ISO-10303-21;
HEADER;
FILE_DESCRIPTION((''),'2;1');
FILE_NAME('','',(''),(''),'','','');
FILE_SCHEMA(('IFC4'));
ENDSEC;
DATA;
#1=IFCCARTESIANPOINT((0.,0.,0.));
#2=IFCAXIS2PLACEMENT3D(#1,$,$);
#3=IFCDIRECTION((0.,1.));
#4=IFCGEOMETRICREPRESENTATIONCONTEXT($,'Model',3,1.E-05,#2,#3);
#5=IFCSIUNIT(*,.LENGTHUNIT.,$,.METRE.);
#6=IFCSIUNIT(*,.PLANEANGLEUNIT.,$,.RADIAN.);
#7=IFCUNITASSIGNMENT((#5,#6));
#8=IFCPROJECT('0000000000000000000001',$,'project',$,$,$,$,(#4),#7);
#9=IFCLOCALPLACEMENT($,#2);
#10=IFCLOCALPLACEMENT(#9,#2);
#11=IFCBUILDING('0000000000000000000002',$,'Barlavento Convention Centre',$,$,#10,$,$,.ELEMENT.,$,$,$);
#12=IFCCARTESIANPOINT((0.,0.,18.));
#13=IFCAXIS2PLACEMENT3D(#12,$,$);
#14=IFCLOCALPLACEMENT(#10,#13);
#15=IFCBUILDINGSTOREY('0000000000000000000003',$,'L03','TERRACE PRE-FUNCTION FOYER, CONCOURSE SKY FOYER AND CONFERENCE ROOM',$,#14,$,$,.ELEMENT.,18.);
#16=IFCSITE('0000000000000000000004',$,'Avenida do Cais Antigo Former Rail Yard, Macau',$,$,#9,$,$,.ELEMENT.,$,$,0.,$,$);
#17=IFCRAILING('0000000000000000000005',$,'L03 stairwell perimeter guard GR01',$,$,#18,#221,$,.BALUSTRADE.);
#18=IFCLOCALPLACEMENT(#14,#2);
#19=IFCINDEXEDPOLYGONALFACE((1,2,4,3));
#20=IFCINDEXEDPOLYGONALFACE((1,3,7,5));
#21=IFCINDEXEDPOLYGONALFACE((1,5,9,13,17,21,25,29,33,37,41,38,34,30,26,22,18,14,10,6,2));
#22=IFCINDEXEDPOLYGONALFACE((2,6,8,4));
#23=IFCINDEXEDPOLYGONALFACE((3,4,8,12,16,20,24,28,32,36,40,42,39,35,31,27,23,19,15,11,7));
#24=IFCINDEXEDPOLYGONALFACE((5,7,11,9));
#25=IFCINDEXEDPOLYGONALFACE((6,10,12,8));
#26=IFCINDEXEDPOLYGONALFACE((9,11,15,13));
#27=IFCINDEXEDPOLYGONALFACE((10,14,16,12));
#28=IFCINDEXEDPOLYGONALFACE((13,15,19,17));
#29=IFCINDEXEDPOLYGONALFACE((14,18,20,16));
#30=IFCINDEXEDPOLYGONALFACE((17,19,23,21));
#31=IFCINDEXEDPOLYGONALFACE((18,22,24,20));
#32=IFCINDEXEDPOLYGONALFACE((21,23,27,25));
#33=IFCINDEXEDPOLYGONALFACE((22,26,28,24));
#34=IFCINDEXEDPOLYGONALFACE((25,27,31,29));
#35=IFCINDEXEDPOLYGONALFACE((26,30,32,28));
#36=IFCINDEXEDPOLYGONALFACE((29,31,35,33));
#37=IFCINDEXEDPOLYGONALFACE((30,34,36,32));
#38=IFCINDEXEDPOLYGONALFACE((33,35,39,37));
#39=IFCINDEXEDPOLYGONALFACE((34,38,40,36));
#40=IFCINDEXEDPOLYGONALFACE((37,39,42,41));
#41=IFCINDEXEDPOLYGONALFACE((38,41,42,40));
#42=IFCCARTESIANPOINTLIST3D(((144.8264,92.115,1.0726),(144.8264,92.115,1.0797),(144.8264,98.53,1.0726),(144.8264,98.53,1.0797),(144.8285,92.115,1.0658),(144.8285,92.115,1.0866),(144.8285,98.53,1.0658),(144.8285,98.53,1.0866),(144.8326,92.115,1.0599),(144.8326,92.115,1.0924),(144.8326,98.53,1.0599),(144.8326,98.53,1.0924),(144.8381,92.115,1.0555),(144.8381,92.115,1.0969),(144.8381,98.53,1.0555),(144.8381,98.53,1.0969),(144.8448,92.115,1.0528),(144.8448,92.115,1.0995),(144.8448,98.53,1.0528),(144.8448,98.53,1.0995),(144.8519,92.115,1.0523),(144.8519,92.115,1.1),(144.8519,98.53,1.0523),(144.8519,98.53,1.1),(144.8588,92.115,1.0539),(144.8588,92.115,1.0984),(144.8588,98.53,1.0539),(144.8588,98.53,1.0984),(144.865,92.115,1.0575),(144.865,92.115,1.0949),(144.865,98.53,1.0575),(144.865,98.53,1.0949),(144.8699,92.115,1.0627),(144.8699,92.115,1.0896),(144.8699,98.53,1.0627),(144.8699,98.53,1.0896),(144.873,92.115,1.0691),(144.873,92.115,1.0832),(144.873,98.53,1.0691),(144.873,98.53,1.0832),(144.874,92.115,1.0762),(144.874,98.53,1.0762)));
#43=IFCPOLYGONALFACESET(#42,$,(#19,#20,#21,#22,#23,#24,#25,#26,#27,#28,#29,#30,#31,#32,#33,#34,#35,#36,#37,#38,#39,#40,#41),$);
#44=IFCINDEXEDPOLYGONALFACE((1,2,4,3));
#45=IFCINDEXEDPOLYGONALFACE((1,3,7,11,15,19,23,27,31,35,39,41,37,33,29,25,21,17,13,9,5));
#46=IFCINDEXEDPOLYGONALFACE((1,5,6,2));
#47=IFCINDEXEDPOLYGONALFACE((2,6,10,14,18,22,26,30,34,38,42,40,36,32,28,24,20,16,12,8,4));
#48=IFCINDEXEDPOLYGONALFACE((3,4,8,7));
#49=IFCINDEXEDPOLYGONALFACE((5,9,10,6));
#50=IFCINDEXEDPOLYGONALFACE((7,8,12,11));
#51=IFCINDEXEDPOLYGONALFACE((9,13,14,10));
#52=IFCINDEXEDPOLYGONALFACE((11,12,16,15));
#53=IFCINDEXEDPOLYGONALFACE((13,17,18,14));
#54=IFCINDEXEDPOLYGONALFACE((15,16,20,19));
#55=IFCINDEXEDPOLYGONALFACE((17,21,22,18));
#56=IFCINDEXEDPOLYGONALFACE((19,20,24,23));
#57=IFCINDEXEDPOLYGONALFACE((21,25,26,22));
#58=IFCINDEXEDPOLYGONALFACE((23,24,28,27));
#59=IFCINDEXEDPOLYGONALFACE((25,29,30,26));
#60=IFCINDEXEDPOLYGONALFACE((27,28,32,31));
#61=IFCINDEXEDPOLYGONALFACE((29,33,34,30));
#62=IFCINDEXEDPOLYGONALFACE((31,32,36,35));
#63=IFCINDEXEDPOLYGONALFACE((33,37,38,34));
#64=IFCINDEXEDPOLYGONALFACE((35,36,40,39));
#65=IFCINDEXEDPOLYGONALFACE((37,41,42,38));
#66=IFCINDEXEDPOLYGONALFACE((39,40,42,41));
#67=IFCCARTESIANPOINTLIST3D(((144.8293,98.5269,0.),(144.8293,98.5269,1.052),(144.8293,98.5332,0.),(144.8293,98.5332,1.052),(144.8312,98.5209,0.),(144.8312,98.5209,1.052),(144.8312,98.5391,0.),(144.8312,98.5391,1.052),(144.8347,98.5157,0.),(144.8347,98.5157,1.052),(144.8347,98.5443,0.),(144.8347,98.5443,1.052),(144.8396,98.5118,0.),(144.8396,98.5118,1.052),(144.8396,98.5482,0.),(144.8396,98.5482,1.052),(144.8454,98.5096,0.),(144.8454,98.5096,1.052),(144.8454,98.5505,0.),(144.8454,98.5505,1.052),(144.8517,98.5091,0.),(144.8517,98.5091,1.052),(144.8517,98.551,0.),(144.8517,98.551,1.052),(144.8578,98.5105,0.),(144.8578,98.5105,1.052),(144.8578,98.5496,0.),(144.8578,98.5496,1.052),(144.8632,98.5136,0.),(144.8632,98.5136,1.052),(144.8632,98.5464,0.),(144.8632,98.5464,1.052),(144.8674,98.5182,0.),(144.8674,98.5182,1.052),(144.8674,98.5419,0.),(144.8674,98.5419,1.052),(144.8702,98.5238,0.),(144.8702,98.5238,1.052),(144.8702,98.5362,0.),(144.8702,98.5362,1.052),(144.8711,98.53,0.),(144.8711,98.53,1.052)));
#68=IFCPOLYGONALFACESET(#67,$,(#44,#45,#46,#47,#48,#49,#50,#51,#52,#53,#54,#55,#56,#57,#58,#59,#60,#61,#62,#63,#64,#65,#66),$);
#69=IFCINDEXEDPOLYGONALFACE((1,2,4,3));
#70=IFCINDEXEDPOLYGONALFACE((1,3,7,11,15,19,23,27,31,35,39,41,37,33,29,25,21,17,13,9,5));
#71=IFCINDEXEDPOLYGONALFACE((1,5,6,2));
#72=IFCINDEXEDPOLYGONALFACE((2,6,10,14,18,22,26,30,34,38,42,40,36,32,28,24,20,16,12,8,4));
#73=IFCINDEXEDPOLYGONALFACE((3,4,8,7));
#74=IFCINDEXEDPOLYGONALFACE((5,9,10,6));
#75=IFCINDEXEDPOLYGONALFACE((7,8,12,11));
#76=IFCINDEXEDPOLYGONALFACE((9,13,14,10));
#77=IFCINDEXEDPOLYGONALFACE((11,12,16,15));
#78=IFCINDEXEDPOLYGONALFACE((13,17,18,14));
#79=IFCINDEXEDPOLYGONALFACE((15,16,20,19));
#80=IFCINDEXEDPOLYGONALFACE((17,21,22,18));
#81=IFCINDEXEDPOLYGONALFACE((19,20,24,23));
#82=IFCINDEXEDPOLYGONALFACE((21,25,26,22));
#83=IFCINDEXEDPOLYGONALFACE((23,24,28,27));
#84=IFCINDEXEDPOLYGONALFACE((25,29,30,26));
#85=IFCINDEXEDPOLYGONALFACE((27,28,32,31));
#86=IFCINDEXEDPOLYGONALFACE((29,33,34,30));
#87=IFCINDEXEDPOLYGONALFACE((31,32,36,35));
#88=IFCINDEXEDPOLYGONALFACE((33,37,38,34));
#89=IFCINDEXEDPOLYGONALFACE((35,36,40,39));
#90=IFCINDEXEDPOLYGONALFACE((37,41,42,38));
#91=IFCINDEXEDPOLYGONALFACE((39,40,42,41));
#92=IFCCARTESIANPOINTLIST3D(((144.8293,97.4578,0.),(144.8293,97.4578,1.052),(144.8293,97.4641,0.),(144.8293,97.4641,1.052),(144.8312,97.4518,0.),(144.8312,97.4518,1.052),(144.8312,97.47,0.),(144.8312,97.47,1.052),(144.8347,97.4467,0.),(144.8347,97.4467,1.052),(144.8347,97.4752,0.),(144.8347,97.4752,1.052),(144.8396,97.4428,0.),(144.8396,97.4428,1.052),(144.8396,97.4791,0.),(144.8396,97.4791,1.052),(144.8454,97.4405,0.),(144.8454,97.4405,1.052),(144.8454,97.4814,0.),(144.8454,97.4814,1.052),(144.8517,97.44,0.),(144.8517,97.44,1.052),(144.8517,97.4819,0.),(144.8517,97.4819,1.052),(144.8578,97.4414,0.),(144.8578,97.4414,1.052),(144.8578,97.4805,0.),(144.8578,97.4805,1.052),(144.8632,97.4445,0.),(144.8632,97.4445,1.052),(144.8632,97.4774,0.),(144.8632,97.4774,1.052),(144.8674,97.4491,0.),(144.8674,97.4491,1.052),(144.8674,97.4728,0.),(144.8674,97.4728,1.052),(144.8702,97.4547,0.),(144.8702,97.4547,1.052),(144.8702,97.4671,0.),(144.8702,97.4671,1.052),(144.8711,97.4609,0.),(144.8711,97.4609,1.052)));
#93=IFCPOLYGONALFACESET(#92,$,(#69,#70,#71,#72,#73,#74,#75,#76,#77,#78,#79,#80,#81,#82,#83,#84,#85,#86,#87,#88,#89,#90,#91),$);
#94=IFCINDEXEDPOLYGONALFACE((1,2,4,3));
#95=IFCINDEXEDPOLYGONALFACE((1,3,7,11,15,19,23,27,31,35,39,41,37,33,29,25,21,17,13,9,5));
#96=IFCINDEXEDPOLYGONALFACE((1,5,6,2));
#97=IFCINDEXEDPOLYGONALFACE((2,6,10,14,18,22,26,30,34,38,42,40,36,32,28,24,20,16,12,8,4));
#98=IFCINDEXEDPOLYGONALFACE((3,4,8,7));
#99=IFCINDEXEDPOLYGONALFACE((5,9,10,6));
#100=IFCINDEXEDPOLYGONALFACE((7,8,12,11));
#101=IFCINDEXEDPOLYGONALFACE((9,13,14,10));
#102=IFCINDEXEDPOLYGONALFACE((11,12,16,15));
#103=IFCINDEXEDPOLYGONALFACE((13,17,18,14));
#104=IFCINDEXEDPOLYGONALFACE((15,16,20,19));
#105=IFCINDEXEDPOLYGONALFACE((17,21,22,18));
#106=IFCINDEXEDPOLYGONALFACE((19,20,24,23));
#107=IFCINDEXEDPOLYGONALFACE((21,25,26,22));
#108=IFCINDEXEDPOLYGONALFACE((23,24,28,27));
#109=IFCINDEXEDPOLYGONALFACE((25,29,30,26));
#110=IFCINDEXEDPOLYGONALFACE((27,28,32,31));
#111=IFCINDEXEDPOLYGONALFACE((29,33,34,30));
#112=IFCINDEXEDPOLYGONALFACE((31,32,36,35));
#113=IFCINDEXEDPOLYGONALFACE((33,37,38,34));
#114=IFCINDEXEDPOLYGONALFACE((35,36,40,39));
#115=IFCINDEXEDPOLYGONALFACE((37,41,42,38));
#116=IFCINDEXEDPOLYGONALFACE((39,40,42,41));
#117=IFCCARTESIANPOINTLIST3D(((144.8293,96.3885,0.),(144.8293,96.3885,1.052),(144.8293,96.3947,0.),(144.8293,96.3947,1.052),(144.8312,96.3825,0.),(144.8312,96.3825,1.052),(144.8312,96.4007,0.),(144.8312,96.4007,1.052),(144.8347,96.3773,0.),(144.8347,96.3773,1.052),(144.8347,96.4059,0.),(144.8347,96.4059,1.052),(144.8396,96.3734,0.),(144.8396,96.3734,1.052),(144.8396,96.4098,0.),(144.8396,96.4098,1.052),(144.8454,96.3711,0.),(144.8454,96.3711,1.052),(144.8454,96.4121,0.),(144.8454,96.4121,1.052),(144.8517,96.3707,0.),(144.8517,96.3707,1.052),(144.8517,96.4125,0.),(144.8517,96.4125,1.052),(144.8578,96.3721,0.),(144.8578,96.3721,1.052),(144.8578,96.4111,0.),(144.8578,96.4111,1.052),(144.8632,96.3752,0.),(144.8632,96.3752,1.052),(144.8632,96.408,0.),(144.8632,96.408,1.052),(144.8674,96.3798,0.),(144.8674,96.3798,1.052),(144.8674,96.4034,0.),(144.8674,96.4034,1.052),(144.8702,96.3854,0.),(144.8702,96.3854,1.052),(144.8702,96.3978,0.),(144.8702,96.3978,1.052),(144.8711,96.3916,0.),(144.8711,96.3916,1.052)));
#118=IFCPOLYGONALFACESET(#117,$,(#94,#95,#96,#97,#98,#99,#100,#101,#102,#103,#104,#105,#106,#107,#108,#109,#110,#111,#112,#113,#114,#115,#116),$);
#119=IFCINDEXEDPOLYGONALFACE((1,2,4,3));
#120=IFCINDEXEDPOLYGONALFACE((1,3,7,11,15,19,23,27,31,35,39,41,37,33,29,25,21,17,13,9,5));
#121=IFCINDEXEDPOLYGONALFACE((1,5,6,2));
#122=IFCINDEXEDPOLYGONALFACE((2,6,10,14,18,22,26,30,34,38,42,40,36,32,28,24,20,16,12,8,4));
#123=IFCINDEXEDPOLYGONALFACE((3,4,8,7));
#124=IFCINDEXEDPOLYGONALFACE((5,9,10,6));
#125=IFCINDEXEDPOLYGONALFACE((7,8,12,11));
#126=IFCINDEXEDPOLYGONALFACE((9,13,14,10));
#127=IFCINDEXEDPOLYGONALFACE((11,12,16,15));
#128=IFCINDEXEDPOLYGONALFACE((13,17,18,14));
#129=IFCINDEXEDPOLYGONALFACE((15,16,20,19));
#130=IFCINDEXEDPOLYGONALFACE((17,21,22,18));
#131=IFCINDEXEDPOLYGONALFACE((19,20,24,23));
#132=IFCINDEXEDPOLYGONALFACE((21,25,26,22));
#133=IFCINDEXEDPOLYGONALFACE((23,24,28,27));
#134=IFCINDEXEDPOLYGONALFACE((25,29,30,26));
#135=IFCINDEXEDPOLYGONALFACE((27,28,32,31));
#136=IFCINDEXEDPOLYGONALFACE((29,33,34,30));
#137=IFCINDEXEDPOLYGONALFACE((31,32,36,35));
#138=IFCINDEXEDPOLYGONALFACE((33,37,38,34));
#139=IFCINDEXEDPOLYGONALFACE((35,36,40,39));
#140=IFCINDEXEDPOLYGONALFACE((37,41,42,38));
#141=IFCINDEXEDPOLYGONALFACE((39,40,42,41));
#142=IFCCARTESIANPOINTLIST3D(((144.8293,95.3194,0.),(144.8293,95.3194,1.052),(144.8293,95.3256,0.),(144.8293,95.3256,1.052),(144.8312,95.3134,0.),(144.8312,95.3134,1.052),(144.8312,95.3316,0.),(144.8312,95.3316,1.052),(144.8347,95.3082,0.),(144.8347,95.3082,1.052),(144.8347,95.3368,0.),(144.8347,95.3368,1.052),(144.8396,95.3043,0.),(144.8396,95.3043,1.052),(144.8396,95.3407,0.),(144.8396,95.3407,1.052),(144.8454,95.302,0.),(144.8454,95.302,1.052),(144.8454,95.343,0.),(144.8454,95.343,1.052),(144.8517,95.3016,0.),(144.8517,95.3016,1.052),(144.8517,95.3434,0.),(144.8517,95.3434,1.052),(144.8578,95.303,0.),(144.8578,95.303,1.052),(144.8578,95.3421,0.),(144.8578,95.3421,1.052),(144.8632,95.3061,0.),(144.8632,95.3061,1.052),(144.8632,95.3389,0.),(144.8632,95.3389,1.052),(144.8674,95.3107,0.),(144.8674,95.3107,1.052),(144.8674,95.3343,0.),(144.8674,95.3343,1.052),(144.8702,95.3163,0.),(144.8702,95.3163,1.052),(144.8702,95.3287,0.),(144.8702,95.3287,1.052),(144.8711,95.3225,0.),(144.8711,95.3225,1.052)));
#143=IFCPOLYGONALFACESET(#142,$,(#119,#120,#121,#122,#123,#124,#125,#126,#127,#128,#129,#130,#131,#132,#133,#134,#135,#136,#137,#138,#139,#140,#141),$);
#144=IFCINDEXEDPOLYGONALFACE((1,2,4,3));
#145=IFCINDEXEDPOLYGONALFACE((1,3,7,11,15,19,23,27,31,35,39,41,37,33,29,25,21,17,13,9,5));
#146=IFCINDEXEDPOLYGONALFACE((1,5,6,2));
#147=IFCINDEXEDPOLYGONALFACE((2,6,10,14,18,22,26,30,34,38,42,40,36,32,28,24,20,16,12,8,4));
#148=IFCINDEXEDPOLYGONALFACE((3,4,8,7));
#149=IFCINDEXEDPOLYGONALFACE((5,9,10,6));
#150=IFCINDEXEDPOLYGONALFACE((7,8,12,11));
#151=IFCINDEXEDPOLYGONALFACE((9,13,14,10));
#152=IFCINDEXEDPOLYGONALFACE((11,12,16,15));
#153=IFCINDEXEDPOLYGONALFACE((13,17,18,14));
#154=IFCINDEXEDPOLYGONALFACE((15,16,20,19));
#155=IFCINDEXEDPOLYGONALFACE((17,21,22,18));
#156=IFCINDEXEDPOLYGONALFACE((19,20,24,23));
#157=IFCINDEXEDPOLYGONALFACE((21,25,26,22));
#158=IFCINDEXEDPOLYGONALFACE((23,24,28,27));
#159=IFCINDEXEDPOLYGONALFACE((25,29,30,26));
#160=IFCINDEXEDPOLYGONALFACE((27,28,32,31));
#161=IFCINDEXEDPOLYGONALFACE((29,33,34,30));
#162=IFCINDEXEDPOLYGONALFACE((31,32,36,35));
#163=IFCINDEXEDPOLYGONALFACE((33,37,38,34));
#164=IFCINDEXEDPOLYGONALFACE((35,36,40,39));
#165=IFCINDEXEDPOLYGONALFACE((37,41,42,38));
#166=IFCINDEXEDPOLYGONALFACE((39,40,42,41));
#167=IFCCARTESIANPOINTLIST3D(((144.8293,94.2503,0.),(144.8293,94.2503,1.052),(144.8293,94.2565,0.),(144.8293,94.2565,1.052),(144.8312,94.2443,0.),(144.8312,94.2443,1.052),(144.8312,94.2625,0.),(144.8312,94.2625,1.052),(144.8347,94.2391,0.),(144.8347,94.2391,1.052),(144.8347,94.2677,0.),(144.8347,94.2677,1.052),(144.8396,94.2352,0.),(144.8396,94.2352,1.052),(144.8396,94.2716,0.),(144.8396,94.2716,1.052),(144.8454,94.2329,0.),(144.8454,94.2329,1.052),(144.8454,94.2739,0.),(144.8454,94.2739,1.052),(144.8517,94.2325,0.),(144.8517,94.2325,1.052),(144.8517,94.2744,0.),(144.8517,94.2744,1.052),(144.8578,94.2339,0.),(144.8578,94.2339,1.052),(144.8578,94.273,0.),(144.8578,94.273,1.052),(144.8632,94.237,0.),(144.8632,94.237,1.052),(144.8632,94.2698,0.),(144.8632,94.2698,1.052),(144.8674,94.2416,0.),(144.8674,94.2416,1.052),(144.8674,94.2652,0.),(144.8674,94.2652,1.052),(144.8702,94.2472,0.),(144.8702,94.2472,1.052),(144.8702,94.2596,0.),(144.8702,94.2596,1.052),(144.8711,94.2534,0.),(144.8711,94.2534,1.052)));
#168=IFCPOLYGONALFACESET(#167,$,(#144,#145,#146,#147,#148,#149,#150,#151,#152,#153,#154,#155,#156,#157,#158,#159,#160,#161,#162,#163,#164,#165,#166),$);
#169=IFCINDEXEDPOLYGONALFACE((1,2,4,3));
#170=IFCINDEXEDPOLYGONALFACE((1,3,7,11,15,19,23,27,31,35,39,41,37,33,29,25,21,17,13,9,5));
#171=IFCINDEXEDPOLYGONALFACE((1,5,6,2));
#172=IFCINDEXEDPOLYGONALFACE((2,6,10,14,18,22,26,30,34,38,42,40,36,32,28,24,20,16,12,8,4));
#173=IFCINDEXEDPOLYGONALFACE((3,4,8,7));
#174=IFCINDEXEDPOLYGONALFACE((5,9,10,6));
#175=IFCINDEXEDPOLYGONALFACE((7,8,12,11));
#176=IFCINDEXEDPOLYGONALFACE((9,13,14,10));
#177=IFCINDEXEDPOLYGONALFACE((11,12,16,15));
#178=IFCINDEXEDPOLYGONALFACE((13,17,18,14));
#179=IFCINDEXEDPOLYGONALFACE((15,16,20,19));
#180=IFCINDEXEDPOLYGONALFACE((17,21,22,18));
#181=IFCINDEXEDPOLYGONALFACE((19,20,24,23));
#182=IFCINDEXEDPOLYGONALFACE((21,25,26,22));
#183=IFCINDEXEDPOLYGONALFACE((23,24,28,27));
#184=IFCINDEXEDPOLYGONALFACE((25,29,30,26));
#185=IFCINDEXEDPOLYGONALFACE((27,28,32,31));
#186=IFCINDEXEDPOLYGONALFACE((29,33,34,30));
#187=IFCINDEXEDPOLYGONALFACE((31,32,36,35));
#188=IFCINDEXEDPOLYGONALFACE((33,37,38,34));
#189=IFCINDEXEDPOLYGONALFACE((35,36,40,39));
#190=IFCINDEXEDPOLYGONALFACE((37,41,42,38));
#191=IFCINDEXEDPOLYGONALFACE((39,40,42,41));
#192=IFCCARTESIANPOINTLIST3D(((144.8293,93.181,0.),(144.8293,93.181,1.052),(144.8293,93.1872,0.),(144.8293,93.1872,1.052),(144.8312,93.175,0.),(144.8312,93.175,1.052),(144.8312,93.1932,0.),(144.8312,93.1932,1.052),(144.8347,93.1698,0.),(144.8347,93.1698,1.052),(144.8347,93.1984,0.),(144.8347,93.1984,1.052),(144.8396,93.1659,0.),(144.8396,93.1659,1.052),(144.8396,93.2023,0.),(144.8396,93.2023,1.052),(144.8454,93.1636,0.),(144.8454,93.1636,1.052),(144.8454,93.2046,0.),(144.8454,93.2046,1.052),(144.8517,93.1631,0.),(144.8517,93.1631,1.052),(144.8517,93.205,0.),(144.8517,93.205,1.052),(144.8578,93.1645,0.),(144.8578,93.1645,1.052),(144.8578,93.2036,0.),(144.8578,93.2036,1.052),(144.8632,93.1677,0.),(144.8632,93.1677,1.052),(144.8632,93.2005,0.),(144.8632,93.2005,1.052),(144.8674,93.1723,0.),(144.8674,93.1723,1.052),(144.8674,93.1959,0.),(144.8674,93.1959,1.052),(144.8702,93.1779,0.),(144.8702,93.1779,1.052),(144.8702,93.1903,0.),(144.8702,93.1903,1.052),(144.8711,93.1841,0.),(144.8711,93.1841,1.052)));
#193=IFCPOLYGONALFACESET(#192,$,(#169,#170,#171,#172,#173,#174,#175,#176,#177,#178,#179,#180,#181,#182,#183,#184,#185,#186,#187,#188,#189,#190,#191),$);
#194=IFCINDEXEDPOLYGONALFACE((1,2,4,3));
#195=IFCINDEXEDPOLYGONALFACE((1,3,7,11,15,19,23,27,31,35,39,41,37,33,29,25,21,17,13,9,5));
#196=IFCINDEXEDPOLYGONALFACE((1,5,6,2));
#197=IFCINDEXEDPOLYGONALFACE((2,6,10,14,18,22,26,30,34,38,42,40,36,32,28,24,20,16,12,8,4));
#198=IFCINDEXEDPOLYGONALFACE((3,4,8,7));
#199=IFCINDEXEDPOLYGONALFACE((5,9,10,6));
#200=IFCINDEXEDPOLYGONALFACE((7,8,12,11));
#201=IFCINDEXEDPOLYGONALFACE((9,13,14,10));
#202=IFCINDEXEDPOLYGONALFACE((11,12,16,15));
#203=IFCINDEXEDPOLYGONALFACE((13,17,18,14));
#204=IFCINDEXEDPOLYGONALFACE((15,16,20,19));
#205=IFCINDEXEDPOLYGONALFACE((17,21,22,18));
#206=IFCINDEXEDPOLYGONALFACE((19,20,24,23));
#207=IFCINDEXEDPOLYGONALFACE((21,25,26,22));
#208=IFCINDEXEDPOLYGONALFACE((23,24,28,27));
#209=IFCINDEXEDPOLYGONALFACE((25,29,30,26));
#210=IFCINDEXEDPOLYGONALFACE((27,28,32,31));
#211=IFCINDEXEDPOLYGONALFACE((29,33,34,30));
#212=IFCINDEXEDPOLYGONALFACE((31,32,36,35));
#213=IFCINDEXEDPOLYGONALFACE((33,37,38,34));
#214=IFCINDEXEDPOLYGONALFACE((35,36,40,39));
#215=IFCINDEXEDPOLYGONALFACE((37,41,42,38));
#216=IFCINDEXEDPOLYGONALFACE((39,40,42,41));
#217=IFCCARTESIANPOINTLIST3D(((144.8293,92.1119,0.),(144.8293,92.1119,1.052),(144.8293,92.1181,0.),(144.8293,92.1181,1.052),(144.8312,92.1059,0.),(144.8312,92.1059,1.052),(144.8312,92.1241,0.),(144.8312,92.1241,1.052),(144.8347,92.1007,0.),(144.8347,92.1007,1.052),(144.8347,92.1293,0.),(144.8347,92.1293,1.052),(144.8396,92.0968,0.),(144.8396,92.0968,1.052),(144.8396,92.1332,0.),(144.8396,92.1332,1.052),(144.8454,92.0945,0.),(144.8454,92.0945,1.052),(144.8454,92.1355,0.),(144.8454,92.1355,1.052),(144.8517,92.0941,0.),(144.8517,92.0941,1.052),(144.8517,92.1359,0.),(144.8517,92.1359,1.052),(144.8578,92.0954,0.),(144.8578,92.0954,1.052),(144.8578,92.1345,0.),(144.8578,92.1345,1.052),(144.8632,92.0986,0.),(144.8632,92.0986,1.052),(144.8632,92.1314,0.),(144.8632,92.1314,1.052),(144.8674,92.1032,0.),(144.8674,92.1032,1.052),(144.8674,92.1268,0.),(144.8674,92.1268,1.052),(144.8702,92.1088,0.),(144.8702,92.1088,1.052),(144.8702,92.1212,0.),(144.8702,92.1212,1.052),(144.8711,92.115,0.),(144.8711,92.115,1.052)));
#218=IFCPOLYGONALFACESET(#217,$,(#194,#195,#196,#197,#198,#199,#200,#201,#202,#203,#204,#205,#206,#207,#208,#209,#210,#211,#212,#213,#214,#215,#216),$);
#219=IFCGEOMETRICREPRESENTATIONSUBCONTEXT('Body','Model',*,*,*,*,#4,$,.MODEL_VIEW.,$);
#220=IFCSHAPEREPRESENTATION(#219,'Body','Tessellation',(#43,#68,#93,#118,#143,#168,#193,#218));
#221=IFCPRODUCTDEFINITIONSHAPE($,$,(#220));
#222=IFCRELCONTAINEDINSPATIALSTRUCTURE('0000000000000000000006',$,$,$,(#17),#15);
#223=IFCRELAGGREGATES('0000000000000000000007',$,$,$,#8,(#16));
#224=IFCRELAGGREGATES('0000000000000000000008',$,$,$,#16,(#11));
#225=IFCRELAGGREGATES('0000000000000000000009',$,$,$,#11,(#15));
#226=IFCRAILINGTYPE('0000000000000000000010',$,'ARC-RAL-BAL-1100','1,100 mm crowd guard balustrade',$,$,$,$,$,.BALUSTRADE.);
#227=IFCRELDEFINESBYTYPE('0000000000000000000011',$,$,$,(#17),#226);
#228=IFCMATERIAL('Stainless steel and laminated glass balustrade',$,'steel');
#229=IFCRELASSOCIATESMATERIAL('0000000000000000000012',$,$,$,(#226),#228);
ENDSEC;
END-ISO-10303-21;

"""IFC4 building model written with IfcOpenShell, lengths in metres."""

from ifc_helpers import new_model, si_unit, direction, frame, origin, origin_2d, place, context, subcontext, project, spatial, circle, extrude, material, type_object, element, save


model = new_model("IFC4")

# Units and contexts
model_context = context("Model", 3, precision=1e-05, world=origin(), true_north=direction((0.0, 1.0)))
body_context = subcontext(model_context, "Body", "Model", "MODEL_VIEW")
ifc_project = project(units=[si_unit("LENGTHUNIT", "METRE"), si_unit("PLANEANGLEUNIT", "RADIAN")], contexts=[model_context])

# Site, building, storey
site_placement = place(None, origin())
site = spatial("IfcSite", under=ifc_project, at=site_placement, Name="Avenida do Cais Antigo Former Rail Yard, Macau", CompositionType="ELEMENT", RefElevation=0.0)
building_placement = place(site_placement, origin())
building = spatial("IfcBuilding", under=site, at=building_placement, Name="Barlavento Convention Centre", CompositionType="ELEMENT")
storey_placement = place(building_placement, frame((0.0, 0.0, 18.0)))
storey = spatial("IfcBuildingStorey", under=building, at=storey_placement, Name="L03", Description="TERRACE PRE-FUNCTION FOYER, CONCOURSE SKY FOYER AND CONFERENCE ROOM", CompositionType="ELEMENT", Elevation=18.0)

# Railing
ifc_material_1 = material(Name="Stainless steel and laminated glass balustrade", Category="steel")
railing_type_1 = type_object("IfcRailingType", Name="ARC-RAL-BAL-1100", Description="1,100 mm crowd guard balustrade", PredefinedType="BALUSTRADE", material=ifc_material_1)
railing_1_placement = place(storey_placement, frame((144.8501, 98.53, 0.0)))
element("IfcRailing", 1, at=railing_1_placement, inside=storey, type_object=railing_type_1, Name="L03 stairwell perimeter guard GR01", PredefinedType="BALUSTRADE", context=body_context, shape_type="SweptSolid", body=[
    extrude(circle(Radius=0.0239, at=origin_2d()), frame((0.0, 0.0, 1.0762), z_axis=(0.0, -1.0, 0.0), x_axis=(1.0, 0.0, 0.0)), (0.0, 0.0, 1.0), 6.415),
    extrude(circle(Radius=0.021, at=origin_2d()), origin(), (0.0, 0.0, 1.0), 1.052),
    extrude(circle(Radius=0.021, at=origin_2d()), frame((0.0, -1.0691, 0.0)), (0.0, 0.0, 1.0), 1.052),
    extrude(circle(Radius=0.021, at=origin_2d()), frame((0.0, -2.1384, 0.0)), (0.0, 0.0, 1.0), 1.052),
    extrude(circle(Radius=0.021, at=origin_2d()), frame((0.0, -3.2075, 0.0)), (0.0, 0.0, 1.0), 1.052),
    extrude(circle(Radius=0.021, at=origin_2d()), frame((0.0, -4.2766, 0.0)), (0.0, 0.0, 1.0), 1.052),
    extrude(circle(Radius=0.021, at=origin_2d()), frame((0.0, -5.3459, 0.0)), (0.0, 0.0, 1.0), 1.052),
    extrude(circle(Radius=0.021, at=origin_2d()), frame((0.0, -6.415, 0.0)), (0.0, 0.0, 1.0), 1.052),
])

save(model, "model.ifc")
